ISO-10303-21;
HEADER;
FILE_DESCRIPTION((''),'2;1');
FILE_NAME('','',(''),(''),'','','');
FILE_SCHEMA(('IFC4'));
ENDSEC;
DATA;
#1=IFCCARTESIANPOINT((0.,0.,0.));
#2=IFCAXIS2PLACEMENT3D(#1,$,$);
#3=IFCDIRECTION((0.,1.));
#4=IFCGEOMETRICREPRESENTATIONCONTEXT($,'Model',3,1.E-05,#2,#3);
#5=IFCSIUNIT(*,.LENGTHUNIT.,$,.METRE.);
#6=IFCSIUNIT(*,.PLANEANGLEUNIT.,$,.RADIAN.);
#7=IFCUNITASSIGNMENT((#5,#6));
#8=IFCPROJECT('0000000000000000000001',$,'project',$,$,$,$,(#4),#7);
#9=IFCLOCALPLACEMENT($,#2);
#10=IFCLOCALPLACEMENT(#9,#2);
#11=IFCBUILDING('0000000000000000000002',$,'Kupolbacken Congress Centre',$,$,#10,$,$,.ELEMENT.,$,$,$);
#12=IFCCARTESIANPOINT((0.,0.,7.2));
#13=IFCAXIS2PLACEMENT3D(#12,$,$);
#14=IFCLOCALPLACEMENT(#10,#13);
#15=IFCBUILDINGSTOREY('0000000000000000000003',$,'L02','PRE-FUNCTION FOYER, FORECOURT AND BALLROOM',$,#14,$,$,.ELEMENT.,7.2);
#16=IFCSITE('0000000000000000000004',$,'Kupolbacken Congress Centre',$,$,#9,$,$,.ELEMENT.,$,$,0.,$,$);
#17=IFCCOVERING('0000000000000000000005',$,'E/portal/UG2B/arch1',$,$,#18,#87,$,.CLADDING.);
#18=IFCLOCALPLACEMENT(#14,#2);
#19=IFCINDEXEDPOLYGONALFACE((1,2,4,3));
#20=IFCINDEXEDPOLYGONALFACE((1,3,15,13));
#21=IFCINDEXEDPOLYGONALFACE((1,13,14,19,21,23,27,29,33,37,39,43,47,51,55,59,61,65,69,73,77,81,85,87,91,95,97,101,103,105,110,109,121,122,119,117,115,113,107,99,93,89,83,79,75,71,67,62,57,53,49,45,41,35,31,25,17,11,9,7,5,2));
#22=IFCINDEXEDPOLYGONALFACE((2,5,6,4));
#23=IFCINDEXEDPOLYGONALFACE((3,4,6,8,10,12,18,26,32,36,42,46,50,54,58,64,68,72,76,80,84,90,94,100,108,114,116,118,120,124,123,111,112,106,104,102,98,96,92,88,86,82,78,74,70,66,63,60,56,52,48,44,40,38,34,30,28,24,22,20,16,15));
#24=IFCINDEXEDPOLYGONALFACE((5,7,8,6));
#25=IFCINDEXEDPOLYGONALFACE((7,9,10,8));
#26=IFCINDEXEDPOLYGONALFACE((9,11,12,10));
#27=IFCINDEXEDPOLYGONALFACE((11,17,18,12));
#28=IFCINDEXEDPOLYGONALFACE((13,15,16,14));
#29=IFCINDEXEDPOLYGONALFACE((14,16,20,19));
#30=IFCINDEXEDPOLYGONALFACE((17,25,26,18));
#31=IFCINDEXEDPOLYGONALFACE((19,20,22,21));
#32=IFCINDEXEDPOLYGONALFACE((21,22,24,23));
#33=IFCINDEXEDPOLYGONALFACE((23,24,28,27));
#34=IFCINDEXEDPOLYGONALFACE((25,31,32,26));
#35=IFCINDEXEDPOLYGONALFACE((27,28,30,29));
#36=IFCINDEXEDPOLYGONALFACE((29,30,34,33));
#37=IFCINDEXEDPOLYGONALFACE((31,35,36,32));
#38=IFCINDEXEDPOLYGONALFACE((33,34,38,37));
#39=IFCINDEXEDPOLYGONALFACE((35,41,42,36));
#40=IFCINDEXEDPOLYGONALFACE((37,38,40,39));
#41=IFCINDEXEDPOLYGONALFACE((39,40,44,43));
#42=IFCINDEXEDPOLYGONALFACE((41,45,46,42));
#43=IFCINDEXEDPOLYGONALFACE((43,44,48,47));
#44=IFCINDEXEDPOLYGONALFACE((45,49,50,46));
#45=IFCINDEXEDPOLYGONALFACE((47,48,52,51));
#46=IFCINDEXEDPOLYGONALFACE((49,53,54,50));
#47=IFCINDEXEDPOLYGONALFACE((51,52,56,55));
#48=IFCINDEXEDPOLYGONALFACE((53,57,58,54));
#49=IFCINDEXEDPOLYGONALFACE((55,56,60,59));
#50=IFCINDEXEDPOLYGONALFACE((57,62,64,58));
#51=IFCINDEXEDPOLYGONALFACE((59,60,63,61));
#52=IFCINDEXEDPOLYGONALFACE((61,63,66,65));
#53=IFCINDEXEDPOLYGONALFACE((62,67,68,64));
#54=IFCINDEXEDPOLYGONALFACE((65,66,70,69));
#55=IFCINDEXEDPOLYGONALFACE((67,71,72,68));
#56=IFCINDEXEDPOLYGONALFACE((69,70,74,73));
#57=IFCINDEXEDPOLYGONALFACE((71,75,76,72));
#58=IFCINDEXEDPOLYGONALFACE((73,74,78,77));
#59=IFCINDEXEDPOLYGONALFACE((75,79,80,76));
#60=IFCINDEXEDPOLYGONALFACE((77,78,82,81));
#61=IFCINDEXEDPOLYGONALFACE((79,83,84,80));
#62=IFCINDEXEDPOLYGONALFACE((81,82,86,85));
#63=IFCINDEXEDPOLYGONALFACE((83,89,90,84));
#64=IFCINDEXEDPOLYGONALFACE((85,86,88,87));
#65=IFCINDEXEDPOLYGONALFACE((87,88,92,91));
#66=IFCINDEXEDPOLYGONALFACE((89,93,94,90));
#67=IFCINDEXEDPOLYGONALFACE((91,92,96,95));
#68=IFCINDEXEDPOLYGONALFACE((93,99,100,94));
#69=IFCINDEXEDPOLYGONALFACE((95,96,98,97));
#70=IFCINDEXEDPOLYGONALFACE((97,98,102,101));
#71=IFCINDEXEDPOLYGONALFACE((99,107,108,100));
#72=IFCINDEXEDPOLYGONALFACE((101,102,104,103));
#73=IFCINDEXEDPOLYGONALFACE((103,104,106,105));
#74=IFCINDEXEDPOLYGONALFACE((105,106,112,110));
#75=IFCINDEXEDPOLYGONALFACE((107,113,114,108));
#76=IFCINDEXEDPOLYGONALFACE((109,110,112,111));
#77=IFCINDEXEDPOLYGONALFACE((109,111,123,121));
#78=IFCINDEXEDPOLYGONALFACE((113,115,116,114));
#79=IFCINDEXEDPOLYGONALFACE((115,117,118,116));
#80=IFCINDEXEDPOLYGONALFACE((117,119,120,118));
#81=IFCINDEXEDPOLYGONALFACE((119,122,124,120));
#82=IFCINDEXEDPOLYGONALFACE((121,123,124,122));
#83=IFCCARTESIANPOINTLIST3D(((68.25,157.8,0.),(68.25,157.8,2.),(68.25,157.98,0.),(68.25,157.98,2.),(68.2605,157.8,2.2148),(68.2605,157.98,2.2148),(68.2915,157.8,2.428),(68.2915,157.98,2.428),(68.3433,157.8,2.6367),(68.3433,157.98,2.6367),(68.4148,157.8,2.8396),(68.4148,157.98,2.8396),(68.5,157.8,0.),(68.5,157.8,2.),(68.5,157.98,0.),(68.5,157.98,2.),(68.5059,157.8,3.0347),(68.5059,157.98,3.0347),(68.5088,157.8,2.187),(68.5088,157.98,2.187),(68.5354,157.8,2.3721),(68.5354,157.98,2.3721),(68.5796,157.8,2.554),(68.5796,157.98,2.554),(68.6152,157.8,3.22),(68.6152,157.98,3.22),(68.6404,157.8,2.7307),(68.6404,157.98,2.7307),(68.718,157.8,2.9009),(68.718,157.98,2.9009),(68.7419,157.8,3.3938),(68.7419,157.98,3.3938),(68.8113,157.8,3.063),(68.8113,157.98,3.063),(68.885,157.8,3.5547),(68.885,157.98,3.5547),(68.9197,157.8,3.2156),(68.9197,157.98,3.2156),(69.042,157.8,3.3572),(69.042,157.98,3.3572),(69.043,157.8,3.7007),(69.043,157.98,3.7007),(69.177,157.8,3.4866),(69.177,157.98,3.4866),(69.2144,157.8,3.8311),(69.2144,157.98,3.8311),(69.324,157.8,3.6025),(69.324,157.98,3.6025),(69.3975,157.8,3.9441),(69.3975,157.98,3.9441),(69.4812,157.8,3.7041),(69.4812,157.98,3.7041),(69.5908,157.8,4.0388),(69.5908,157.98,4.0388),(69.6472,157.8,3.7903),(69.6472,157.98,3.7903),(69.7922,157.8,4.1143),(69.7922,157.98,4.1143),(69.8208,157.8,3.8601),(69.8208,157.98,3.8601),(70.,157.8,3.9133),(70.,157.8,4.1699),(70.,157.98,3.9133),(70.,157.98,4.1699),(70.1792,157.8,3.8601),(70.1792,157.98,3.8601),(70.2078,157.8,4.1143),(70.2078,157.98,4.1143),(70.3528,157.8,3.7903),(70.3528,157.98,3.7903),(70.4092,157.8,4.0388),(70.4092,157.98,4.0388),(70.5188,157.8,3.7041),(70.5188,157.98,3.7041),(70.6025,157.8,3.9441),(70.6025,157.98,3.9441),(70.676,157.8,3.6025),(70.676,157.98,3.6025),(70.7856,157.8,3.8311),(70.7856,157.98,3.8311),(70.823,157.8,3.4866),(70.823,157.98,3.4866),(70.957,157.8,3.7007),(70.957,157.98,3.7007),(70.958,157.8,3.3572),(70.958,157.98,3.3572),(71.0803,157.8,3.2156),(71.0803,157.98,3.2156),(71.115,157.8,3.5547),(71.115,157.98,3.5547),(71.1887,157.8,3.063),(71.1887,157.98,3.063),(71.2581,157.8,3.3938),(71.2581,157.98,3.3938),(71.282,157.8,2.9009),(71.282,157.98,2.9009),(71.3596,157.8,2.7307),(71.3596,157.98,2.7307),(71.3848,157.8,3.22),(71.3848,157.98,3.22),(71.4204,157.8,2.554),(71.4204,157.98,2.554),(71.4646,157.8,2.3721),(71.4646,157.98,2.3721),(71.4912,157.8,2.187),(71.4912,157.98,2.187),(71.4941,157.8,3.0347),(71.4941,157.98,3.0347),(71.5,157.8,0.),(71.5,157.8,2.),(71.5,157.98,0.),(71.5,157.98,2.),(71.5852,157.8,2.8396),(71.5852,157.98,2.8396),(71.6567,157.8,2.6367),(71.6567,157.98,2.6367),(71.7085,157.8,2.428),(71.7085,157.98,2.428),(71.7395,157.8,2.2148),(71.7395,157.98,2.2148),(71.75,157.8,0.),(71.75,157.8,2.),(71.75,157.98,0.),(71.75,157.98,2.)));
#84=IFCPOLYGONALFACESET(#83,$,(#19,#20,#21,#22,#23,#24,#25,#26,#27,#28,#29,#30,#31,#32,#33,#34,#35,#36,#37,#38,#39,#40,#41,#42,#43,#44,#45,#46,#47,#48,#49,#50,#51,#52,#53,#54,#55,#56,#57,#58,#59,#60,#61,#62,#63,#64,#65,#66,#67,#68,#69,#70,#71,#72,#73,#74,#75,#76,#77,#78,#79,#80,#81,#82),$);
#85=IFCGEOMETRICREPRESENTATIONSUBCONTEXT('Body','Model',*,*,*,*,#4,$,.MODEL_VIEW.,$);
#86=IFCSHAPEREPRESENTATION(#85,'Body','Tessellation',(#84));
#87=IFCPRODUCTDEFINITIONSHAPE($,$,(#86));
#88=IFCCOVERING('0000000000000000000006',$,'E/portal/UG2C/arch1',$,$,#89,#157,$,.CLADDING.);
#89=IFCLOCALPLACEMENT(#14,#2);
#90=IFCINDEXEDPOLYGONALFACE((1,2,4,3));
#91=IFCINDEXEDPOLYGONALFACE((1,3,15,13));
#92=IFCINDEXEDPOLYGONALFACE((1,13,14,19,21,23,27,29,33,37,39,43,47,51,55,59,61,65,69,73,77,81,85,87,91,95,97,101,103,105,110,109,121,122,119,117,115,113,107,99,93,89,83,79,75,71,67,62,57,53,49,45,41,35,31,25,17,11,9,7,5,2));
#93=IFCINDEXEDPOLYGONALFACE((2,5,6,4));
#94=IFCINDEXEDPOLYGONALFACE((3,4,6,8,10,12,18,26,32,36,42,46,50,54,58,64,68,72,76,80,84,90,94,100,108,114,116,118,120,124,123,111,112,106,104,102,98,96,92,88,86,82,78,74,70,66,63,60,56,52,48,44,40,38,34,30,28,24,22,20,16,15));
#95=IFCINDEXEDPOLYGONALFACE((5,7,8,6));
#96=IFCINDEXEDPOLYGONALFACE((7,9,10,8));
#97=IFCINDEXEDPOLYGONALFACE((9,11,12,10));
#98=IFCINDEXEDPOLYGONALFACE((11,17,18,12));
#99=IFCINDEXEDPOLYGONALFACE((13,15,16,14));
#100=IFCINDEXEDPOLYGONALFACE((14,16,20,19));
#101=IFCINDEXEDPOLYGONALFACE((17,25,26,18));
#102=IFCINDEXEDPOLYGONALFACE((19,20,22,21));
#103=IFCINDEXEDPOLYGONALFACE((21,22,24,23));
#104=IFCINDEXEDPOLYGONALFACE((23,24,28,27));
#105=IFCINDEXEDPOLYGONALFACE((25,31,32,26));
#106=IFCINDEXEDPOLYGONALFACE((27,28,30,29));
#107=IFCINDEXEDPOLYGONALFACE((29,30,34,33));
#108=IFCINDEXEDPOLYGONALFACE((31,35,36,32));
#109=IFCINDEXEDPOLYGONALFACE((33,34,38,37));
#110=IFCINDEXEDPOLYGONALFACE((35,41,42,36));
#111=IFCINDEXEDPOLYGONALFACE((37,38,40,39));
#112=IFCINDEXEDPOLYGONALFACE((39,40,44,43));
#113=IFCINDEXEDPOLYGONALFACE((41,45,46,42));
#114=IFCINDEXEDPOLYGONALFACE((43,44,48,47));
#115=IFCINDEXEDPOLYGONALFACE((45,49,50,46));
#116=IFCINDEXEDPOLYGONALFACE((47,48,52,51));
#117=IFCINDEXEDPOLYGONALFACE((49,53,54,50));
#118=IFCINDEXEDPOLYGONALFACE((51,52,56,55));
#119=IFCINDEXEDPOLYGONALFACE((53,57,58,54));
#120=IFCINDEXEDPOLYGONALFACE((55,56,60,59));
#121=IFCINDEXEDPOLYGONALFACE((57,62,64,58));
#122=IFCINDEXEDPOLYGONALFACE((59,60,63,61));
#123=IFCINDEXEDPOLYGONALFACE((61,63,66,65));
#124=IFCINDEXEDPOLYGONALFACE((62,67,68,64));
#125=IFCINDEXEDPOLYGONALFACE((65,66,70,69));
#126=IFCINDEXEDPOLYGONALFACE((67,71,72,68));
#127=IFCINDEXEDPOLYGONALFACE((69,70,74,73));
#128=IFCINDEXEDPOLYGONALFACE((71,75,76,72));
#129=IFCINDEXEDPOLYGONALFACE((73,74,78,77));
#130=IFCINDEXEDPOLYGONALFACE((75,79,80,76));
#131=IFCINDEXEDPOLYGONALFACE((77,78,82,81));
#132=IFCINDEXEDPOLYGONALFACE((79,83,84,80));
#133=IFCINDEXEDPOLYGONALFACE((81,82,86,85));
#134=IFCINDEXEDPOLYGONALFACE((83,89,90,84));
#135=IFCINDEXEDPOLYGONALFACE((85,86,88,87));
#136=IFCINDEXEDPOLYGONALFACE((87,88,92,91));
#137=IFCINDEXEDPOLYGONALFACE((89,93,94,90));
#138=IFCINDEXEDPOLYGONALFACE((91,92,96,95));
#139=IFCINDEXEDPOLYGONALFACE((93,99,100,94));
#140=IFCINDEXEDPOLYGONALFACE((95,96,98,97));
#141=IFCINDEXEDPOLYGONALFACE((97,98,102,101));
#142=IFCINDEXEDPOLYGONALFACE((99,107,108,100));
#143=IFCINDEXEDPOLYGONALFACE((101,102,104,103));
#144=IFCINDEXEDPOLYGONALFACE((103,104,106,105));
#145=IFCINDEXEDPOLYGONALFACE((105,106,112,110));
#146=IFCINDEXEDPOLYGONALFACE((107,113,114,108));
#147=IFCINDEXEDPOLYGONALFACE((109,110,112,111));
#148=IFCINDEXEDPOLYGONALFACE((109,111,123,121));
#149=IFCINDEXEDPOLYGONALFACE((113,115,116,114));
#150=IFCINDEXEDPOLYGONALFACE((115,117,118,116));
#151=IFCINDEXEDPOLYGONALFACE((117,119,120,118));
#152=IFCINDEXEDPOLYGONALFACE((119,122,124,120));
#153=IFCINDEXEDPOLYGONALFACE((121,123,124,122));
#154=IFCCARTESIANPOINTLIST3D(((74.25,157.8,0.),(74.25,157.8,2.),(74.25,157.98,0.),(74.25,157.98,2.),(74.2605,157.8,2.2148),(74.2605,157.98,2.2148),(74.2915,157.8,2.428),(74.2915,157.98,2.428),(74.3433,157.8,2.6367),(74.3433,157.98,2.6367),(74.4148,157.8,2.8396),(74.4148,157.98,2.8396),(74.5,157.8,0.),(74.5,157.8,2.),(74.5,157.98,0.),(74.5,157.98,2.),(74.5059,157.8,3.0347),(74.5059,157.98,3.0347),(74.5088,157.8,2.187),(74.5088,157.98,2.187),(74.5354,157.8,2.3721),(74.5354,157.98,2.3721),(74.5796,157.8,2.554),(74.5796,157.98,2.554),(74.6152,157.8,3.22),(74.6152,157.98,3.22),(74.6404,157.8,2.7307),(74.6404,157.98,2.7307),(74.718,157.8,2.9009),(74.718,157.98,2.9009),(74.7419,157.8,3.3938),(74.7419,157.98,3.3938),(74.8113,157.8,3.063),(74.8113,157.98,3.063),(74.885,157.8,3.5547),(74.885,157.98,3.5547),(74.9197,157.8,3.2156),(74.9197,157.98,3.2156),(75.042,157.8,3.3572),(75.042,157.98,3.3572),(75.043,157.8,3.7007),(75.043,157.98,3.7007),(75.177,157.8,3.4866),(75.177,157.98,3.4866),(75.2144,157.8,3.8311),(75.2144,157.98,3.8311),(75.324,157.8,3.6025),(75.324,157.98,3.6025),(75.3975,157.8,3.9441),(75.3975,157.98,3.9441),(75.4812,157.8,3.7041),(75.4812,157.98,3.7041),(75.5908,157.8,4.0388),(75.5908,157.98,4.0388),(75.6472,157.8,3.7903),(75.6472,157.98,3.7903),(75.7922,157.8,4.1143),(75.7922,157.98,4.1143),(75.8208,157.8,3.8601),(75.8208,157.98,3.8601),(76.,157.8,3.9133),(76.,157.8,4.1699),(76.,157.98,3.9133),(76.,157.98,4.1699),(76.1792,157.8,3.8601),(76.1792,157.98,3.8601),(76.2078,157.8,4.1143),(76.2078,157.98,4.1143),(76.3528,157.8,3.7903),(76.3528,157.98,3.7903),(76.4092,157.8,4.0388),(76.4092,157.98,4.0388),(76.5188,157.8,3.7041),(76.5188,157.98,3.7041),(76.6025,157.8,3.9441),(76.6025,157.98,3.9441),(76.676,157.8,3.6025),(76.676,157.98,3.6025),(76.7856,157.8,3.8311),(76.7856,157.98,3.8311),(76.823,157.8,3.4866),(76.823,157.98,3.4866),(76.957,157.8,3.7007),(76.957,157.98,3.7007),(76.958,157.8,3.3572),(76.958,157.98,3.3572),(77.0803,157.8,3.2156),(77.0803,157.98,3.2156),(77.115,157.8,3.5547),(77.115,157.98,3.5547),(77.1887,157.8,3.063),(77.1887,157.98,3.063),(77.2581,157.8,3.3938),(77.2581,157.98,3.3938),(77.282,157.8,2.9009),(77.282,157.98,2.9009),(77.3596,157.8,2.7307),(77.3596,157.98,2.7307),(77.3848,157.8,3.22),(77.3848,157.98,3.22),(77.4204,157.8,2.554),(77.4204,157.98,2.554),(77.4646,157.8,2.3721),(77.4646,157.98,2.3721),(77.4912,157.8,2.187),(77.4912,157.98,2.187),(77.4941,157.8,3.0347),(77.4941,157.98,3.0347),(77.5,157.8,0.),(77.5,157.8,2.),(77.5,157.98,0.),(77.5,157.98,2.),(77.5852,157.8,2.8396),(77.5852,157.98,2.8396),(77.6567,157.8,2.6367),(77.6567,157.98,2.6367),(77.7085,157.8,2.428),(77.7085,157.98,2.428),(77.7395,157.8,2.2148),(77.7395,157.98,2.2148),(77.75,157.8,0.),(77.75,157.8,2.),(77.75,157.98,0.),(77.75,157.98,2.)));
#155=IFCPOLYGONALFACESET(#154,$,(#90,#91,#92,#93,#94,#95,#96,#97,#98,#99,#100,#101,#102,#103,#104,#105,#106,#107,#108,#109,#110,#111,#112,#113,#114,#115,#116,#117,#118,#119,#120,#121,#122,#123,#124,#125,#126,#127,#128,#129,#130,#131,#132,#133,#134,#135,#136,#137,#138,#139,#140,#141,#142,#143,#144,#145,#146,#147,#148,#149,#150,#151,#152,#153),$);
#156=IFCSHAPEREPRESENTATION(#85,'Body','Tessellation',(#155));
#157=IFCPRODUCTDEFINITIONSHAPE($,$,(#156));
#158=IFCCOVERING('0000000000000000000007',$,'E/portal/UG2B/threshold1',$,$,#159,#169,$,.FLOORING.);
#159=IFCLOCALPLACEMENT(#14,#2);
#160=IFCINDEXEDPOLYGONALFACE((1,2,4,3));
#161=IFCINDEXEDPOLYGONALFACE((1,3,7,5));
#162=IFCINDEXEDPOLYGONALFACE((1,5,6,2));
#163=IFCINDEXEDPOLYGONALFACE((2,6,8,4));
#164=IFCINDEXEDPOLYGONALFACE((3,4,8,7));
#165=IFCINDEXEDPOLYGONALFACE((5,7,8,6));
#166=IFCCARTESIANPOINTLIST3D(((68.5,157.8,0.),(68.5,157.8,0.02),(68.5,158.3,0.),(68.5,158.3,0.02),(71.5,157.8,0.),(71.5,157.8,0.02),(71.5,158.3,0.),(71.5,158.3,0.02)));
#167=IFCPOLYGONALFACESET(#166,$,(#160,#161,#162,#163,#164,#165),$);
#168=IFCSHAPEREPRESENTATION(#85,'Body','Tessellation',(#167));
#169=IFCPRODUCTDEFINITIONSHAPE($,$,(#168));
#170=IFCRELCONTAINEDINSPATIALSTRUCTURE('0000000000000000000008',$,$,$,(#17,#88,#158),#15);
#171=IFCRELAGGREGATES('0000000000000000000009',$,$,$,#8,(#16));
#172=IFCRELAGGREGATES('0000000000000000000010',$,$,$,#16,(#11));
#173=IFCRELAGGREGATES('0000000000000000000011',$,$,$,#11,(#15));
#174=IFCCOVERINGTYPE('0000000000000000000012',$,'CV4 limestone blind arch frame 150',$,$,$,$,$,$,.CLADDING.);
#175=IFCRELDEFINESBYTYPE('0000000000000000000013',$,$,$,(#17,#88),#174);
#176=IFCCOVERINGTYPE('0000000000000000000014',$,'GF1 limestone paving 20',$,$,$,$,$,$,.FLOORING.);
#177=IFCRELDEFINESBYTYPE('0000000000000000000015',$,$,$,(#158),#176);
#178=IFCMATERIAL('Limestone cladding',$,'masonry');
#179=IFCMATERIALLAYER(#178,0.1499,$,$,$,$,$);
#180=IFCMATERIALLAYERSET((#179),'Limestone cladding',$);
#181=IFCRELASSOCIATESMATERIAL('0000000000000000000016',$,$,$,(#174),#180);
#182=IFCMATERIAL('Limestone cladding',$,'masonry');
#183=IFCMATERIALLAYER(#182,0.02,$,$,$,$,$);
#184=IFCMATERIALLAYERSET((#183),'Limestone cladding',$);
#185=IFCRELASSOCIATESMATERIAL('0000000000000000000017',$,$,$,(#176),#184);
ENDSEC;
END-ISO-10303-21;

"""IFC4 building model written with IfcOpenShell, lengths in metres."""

from ifc_helpers import new_model, si_unit, direction, frame, origin, origin_2d, place, context, subcontext, project, spatial, polyline, rectangle, outline, extrude, material, layer, layer_set, type_object, element, save


model = new_model("IFC4")

# Units and contexts
model_context = context("Model", 3, precision=1e-05, world=origin(), true_north=direction((0.0, 1.0)))
body_context = subcontext(model_context, "Body", "Model", "MODEL_VIEW")
ifc_project = project(units=[si_unit("LENGTHUNIT", "METRE"), si_unit("PLANEANGLEUNIT", "RADIAN")], contexts=[model_context])

# Site, building, storey
site_placement = place(None, origin())
site = spatial("IfcSite", under=ifc_project, at=site_placement, Name="Kupolbacken Congress Centre", CompositionType="ELEMENT", RefElevation=0.0)
building_placement = place(site_placement, origin())
building = spatial("IfcBuilding", under=site, at=building_placement, Name="Kupolbacken Congress Centre", CompositionType="ELEMENT")
storey_placement = place(building_placement, frame((0.0, 0.0, 7.2)))
storey = spatial("IfcBuildingStorey", under=building, at=storey_placement, Name="L02", Description="PRE-FUNCTION FOYER, FORECOURT AND BALLROOM", CompositionType="ELEMENT", Elevation=7.2)

# Coverings
ifc_material_1 = material(Name="Limestone cladding", Category="masonry")
ifc_layer_1 = layer(ifc_material_1, 0.1499)
ifc_layer_set_1 = layer_set([ifc_layer_1], Name="Limestone cladding")
covering_type_1 = type_object("IfcCoveringType", Name="CV4 limestone blind arch frame 150", PredefinedType="CLADDING", material=ifc_layer_set_1)
covering_1_placement = place(storey_placement, frame((68.25, 157.8, 0.0), z_axis=(0.0, 1.0, 0.0), x_axis=(-1.0, 0.0, 0.0)))
element("IfcCovering", 1, at=covering_1_placement, inside=storey, type_object=covering_type_1, Name="E/portal/UG2B/arch1", PredefinedType="CLADDING", context=body_context, shape_type="SweptSolid", body=[
    extrude(outline(polyline([(0.0, 0.0), (0.0, 2.0), (-0.0105, 2.2148), (-0.0415, 2.428), (-0.0933, 2.6367), (-0.1648, 2.8396), (-0.2559, 3.0347), (-0.3652, 3.22), (-0.4919, 3.3938), (-0.635, 3.5547), (-0.793, 3.7007), (-0.9644, 3.8311), (-1.1475, 3.9441), (-1.3408, 4.0388), (-1.5422, 4.1143), (-1.75, 4.1699), (-1.9578, 4.1143), (-2.1592, 4.0388), (-2.3525, 3.9441), (-2.5356, 3.8311), (-2.707, 3.7007), (-2.865, 3.5547), (-3.0081, 3.3938), (-3.1348, 3.22), (-3.2441, 3.0347), (-3.3352, 2.8396), (-3.4067, 2.6367), (-3.4585, 2.428), (-3.4895, 2.2148), (-3.5, 2.0), (-3.5, 0.0), (-3.25, 0.0), (-3.25, 2.0), (-3.2412, 2.187), (-3.2146, 2.3721), (-3.1704, 2.554), (-3.1096, 2.7307), (-3.032, 2.9009), (-2.9387, 3.063), (-2.8303, 3.2156), (-2.708, 3.3572), (-2.573, 3.4866), (-2.426, 3.6025), (-2.2688, 3.7041), (-2.1028, 3.7903), (-1.9292, 3.8601), (-1.75, 3.9133), (-1.5708, 3.8601), (-1.3972, 3.7903), (-1.2312, 3.7041), (-1.074, 3.6025), (-0.927, 3.4866), (-0.792, 3.3572), (-0.6697, 3.2156), (-0.5613, 3.063), (-0.468, 2.9009), (-0.3904, 2.7307), (-0.3296, 2.554), (-0.2854, 2.3721), (-0.2588, 2.187), (-0.25, 2.0), (-0.25, 0.0), (0.0, 0.0)])), origin(), (0.0, 0.0, 1.0), 0.1799),
])
covering_2_placement = place(storey_placement, frame((74.25, 157.8, 0.0), z_axis=(0.0, 1.0, 0.0), x_axis=(-1.0, 0.0, 0.0)))
element("IfcCovering", 2, at=covering_2_placement, inside=storey, type_object=covering_type_1, Name="E/portal/UG2C/arch1", PredefinedType="CLADDING", context=body_context, shape_type="SweptSolid", body=[
    extrude(outline(polyline([(0.0, 0.0), (0.0, 2.0), (-0.0105, 2.2148), (-0.0415, 2.428), (-0.0933, 2.6367), (-0.1648, 2.8396), (-0.2559, 3.0347), (-0.3652, 3.22), (-0.4919, 3.3938), (-0.635, 3.5547), (-0.793, 3.7007), (-0.9644, 3.8311), (-1.1475, 3.9441), (-1.3408, 4.0388), (-1.5422, 4.1143), (-1.75, 4.1699), (-1.9578, 4.1143), (-2.1592, 4.0388), (-2.3525, 3.9441), (-2.5356, 3.8311), (-2.707, 3.7007), (-2.865, 3.5547), (-3.0081, 3.3938), (-3.1348, 3.22), (-3.2441, 3.0347), (-3.3352, 2.8396), (-3.4067, 2.6367), (-3.4585, 2.428), (-3.4895, 2.2148), (-3.5, 2.0), (-3.5, 0.0), (-3.25, 0.0), (-3.25, 2.0), (-3.2412, 2.187), (-3.2146, 2.3721), (-3.1704, 2.554), (-3.1096, 2.7307), (-3.032, 2.9009), (-2.9387, 3.063), (-2.8303, 3.2156), (-2.708, 3.3572), (-2.573, 3.4866), (-2.426, 3.6025), (-2.2688, 3.7041), (-2.1028, 3.7903), (-1.9292, 3.8601), (-1.75, 3.9133), (-1.5708, 3.8601), (-1.3972, 3.7903), (-1.2312, 3.7041), (-1.074, 3.6025), (-0.927, 3.4866), (-0.792, 3.3572), (-0.6697, 3.2156), (-0.5613, 3.063), (-0.468, 2.9009), (-0.3904, 2.7307), (-0.3296, 2.554), (-0.2854, 2.3721), (-0.2588, 2.187), (-0.25, 2.0), (-0.25, 0.0), (0.0, 0.0)])), origin(), (0.0, 0.0, 1.0), 0.1799),
])
ifc_material_2 = material(Name="Limestone cladding", Category="masonry")
ifc_layer_2 = layer(ifc_material_2, 0.02)
ifc_layer_set_2 = layer_set([ifc_layer_2], Name="Limestone cladding")
covering_type_2 = type_object("IfcCoveringType", Name="GF1 limestone paving 20", PredefinedType="FLOORING", material=ifc_layer_set_2)
covering_3_placement = place(storey_placement, frame((70.0, 158.05, 0.0), z_axis=(0.0, 0.0, 1.0), x_axis=(1.0, 0.0, 0.0)))
element("IfcCovering", 3, at=covering_3_placement, inside=storey, type_object=covering_type_2, Name="E/portal/UG2B/threshold1", PredefinedType="FLOORING", context=body_context, shape_type="SweptSolid", body=[
    extrude(rectangle(XDim=3.0, YDim=0.5, at=origin_2d()), origin(), (0.0, 0.0, 1.0), 0.02),
])

save(model, "model.ifc")
